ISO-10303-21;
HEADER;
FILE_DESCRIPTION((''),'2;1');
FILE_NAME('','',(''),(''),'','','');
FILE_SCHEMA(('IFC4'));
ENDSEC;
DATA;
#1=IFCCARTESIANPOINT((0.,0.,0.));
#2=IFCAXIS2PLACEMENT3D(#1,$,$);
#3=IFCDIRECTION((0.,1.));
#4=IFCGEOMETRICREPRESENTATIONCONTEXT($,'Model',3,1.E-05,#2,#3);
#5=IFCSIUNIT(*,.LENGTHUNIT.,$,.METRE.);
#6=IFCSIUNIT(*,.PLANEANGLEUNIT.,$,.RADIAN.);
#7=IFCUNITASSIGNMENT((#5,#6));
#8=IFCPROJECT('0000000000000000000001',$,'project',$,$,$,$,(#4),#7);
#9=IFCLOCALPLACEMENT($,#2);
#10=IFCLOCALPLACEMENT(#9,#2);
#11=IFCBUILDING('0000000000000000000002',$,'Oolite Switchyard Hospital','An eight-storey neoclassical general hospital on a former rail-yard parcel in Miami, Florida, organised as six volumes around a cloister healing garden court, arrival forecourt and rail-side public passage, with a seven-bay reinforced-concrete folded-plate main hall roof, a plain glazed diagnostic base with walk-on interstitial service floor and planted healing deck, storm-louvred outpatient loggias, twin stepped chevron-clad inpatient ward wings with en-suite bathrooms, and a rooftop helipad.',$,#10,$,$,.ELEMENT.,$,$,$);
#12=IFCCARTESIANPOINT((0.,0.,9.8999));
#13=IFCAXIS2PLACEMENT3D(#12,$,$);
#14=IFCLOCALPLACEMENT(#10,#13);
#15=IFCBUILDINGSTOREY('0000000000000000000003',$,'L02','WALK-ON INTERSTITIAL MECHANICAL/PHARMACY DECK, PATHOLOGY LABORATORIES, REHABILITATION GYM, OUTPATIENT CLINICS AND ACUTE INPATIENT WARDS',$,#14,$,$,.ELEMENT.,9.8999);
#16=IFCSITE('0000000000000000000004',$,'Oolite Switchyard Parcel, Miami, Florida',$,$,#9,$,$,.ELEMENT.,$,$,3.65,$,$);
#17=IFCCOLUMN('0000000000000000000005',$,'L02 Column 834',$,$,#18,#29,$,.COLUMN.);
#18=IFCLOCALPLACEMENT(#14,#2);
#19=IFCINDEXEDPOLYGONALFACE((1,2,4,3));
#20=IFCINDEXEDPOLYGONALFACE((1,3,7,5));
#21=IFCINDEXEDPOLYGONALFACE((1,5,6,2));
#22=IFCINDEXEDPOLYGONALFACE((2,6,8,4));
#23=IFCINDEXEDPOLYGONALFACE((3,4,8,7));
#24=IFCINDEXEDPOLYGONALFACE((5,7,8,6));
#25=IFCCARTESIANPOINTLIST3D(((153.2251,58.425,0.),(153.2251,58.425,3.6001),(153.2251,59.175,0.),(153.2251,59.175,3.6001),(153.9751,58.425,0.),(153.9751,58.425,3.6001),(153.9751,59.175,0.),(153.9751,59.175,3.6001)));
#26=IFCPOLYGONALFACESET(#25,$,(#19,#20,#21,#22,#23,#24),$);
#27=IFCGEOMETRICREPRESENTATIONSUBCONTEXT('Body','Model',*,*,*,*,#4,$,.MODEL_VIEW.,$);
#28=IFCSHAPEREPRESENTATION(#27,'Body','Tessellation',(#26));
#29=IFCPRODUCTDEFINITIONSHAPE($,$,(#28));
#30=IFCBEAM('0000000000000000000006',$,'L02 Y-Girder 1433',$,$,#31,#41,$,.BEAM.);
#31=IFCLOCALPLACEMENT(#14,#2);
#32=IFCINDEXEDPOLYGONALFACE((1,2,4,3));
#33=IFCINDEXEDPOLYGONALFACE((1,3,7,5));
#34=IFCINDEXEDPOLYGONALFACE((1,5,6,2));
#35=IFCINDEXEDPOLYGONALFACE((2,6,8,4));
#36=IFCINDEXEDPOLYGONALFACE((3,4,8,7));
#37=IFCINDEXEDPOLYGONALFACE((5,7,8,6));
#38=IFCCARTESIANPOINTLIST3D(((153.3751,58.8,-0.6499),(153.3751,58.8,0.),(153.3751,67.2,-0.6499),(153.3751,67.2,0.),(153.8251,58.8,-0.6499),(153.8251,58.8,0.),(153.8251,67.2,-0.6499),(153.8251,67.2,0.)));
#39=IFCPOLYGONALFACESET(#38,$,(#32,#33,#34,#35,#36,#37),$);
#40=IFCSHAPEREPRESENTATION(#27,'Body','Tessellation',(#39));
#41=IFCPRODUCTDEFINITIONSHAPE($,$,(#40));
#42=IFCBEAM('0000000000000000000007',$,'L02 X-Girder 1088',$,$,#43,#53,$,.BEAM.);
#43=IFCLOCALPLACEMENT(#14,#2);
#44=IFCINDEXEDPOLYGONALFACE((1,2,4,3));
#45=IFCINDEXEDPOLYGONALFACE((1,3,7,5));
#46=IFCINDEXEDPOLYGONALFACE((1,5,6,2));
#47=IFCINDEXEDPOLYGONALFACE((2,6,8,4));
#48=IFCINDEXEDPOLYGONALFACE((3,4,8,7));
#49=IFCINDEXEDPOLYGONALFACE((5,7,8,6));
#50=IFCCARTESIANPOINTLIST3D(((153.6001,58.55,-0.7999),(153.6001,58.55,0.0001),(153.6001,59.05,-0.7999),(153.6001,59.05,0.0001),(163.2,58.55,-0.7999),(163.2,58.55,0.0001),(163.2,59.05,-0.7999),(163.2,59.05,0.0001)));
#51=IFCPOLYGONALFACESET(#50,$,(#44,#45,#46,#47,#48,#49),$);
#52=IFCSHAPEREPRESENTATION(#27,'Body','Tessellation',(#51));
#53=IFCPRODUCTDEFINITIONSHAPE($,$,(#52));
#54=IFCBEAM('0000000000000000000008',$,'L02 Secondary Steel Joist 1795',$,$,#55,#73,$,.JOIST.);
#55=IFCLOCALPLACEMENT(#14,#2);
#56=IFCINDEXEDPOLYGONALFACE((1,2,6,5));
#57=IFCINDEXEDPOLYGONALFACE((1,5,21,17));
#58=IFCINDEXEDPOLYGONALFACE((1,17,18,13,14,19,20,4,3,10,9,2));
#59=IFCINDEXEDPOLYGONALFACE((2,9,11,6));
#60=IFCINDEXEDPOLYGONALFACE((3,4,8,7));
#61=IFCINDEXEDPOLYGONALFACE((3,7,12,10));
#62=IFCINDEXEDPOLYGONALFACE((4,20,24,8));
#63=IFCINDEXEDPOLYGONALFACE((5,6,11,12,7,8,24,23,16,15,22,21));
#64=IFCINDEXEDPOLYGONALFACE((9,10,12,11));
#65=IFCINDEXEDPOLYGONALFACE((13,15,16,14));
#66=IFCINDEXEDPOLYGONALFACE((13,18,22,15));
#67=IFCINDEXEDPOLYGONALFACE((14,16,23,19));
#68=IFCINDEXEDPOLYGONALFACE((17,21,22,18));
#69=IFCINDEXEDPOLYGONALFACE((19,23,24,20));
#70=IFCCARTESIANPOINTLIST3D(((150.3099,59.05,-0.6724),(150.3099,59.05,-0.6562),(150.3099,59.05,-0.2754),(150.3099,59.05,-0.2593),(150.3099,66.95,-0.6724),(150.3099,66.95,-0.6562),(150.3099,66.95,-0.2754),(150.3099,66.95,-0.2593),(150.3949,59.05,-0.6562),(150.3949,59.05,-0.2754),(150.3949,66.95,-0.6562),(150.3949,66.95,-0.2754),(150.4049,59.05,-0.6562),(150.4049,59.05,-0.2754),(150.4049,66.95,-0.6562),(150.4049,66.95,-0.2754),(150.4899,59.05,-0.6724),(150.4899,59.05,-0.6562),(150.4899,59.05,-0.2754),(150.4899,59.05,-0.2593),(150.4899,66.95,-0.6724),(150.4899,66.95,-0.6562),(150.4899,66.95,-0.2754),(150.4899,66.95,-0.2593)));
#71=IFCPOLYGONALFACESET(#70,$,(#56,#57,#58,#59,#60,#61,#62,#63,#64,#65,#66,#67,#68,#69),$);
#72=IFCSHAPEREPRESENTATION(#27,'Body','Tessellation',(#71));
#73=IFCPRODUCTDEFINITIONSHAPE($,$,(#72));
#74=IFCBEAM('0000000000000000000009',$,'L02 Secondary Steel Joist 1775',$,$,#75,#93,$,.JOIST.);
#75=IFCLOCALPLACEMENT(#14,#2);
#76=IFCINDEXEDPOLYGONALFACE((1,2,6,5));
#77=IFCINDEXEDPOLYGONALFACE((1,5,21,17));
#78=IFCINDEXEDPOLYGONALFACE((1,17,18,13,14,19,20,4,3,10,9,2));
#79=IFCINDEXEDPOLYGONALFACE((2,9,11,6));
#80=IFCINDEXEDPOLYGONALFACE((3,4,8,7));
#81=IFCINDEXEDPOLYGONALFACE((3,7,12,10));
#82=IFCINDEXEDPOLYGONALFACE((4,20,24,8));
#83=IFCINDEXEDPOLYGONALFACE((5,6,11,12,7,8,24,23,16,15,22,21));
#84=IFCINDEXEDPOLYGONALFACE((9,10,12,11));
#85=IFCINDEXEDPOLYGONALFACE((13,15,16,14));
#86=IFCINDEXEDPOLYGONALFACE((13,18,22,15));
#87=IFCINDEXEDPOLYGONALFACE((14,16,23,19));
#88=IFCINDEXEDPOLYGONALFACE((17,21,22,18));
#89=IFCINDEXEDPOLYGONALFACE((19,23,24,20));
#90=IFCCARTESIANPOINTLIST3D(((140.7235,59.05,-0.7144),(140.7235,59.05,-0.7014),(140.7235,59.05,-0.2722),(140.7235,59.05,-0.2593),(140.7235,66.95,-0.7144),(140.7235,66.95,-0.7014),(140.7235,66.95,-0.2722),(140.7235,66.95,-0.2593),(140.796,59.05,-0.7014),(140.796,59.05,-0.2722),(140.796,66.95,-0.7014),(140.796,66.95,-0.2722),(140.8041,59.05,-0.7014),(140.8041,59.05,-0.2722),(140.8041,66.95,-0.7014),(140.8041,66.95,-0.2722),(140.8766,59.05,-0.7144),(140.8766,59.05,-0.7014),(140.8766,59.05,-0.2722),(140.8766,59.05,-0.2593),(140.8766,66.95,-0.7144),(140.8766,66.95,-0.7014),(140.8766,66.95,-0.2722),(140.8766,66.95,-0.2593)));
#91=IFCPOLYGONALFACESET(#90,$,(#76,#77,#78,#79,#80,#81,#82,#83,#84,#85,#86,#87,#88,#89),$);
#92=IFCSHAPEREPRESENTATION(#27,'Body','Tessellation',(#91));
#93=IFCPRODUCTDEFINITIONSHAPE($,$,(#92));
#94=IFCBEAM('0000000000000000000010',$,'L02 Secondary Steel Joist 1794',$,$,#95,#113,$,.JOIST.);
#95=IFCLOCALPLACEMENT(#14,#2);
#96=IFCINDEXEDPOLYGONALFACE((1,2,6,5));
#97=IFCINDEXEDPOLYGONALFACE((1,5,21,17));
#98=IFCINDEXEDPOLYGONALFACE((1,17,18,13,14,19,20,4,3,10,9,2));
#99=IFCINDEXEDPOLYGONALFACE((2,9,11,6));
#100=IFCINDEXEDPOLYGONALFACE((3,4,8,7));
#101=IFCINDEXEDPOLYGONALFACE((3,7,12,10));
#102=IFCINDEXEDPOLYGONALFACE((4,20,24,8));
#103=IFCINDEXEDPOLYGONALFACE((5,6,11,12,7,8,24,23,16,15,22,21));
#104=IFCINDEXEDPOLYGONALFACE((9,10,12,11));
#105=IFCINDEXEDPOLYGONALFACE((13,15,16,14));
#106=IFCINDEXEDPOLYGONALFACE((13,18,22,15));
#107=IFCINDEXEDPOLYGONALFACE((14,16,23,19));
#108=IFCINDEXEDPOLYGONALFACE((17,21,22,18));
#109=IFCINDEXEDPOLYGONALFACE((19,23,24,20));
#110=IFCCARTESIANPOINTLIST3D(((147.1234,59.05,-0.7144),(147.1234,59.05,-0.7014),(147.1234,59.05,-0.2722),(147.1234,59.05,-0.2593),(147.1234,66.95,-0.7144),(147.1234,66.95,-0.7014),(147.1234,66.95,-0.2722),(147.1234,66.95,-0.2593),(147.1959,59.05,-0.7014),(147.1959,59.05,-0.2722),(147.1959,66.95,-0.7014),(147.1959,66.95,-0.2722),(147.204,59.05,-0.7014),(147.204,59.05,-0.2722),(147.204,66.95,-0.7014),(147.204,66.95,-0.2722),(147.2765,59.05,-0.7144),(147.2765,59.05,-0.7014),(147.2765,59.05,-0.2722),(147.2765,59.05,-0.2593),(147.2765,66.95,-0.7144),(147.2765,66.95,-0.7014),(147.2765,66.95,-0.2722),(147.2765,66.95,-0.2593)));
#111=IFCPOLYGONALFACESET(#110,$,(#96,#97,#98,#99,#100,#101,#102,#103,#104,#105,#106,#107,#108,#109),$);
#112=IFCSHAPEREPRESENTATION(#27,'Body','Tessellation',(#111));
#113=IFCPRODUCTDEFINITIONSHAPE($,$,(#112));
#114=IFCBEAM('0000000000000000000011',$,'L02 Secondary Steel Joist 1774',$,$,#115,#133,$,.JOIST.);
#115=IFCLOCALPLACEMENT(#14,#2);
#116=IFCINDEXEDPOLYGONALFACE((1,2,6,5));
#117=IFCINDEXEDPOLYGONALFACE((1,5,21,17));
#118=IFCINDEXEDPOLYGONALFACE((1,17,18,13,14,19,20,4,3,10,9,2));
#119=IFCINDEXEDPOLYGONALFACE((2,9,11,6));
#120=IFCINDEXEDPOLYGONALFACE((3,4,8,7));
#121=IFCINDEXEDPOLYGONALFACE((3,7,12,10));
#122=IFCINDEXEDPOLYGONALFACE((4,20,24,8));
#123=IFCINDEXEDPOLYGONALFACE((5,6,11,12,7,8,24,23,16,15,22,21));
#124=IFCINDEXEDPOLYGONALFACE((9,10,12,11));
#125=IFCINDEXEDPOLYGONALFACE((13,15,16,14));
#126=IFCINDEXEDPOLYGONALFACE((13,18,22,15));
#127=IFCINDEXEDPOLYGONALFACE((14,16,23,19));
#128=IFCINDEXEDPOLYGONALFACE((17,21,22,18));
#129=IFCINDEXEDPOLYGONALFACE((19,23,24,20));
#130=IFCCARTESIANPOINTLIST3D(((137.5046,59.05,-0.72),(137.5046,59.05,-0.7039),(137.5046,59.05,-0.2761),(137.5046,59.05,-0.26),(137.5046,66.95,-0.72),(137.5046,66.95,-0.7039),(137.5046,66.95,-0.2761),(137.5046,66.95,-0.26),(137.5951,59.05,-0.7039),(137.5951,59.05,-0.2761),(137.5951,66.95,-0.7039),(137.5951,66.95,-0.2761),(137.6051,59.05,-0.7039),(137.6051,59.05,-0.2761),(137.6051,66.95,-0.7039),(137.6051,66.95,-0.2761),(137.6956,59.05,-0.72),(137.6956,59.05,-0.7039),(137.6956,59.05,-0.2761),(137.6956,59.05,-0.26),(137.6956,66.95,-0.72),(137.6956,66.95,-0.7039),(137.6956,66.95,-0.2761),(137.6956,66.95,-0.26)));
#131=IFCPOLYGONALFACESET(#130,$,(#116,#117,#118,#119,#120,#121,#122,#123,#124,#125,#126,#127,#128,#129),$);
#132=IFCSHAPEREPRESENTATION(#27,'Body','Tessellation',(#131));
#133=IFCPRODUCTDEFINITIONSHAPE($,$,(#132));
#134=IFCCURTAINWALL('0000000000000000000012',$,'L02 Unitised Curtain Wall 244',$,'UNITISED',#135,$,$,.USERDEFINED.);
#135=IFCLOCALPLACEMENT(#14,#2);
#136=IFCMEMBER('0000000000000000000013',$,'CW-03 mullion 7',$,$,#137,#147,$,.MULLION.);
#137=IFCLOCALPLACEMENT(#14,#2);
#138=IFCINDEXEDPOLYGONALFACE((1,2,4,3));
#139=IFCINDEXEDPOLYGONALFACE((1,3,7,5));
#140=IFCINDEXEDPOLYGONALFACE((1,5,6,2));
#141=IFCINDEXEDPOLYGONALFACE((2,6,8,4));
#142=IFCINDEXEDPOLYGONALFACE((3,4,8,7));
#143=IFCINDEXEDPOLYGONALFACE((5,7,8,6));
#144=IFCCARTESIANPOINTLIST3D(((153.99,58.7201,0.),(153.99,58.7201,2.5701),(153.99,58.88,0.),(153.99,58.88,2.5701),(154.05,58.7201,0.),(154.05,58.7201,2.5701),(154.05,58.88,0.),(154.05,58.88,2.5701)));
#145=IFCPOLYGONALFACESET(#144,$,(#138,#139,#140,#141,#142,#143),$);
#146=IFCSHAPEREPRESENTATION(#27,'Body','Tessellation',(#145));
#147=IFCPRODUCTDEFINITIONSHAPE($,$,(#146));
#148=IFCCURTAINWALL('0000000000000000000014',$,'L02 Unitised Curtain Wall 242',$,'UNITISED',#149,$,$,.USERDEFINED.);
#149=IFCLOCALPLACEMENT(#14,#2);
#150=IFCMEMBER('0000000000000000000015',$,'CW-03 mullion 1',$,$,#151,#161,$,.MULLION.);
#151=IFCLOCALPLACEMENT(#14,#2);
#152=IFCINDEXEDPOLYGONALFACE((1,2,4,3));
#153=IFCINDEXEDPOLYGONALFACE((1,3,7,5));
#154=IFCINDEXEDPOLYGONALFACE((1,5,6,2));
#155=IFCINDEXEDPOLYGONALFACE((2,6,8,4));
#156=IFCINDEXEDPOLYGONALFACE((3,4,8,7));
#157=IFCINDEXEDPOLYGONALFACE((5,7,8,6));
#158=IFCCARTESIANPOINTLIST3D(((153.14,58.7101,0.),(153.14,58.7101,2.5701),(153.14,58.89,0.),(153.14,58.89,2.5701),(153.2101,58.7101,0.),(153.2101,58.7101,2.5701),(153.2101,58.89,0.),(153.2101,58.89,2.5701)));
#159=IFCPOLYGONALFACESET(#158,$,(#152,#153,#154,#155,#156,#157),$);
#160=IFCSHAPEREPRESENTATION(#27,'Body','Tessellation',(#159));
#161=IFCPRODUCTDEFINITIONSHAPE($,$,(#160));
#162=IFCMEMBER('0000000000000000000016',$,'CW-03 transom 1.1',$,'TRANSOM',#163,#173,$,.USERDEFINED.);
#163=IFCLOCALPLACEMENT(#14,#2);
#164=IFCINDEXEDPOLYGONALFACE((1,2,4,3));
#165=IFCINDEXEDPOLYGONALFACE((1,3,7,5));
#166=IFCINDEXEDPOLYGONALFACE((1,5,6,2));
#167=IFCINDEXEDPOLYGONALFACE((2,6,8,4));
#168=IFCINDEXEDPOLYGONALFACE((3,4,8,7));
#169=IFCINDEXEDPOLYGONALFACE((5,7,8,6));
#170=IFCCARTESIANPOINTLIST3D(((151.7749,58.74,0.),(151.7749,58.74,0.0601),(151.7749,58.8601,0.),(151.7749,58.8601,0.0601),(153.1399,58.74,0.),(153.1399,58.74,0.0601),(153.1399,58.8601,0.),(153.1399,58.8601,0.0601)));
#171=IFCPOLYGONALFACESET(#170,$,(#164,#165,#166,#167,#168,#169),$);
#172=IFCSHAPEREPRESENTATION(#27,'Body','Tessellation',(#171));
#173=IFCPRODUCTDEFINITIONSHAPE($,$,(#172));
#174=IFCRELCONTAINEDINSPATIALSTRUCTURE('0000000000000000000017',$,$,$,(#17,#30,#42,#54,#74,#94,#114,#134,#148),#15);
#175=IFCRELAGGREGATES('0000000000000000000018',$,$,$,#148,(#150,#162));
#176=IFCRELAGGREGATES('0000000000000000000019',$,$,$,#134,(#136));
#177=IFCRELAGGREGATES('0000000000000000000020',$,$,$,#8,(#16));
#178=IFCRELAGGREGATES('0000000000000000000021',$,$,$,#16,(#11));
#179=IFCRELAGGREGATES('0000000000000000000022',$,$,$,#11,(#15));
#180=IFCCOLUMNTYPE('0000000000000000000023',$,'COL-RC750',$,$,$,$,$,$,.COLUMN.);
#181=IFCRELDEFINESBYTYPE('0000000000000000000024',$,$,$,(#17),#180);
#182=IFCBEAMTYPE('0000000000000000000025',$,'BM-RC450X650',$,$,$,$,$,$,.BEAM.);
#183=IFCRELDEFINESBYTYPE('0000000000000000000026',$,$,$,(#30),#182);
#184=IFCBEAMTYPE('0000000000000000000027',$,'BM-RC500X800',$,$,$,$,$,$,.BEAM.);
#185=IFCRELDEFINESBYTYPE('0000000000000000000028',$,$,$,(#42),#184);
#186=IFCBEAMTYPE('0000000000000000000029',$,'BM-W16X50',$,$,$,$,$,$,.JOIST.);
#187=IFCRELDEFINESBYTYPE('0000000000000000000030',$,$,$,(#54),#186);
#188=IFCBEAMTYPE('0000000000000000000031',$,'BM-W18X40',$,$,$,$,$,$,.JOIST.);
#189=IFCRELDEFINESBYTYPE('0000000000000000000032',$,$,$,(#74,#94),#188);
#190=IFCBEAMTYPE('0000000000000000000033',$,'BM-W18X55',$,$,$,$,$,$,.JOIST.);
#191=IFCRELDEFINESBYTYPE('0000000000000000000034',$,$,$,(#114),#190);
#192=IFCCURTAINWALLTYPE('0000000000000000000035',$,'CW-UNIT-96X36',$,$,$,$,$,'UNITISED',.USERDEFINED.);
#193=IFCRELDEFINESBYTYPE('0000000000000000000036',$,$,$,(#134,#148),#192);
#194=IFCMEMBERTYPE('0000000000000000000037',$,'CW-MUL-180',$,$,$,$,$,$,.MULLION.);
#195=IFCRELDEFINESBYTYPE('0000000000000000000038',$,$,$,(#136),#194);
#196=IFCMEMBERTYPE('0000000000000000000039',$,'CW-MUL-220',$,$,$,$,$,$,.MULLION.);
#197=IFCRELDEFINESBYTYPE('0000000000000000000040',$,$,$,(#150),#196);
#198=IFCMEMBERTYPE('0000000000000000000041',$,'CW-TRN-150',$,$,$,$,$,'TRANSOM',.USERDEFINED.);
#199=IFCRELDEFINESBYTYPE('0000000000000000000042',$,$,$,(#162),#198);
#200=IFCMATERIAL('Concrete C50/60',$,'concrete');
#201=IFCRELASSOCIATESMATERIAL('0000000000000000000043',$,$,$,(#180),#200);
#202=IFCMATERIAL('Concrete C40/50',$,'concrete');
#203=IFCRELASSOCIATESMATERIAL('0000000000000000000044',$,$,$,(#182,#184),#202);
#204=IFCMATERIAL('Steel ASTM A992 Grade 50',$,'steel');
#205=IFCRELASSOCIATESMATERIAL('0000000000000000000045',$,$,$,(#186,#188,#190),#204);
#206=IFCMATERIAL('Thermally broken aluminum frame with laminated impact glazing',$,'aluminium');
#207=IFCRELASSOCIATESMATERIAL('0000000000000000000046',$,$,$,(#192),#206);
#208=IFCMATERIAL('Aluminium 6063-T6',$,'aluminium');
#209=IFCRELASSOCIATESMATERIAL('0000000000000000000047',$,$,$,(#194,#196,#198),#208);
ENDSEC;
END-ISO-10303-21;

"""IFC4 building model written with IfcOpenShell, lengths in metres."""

from ifc_helpers import new_model, si_unit, direction, frame, origin, origin_2d, place, context, subcontext, project, spatial, rectangle, i_section, extrude, material, material_profile, profile_set, type_object, element, aggregate, save


model = new_model("IFC4")

# Units and contexts
model_context = context("Model", 3, precision=1e-05, world=origin(), true_north=direction((0.0, 1.0)))
body_context = subcontext(model_context, "Body", "Model", "MODEL_VIEW")
ifc_project = project(units=[si_unit("LENGTHUNIT", "METRE"), si_unit("PLANEANGLEUNIT", "RADIAN")], contexts=[model_context])

# Site, building, storey
site_placement = place(None, origin())
site = spatial("IfcSite", under=ifc_project, at=site_placement, Name="Oolite Switchyard Parcel, Miami, Florida", CompositionType="ELEMENT", RefElevation=3.65)
building_placement = place(site_placement, origin())
building = spatial("IfcBuilding", under=site, at=building_placement, Name="Oolite Switchyard Hospital", Description="An eight-storey neoclassical general hospital on a former rail-yard parcel in Miami, Florida, organised as six volumes around a cloister healing garden court, arrival forecourt and rail-side public passage, with a seven-bay reinforced-concrete folded-plate main hall roof, a plain glazed diagnostic base with walk-on interstitial service floor and planted healing deck, storm-louvred outpatient loggias, twin stepped chevron-clad inpatient ward wings with en-suite bathrooms, and a rooftop helipad.", CompositionType="ELEMENT")
storey_placement = place(building_placement, frame((0.0, 0.0, 9.8999)))
storey = spatial("IfcBuildingStorey", under=building, at=storey_placement, Name="L02", Description="WALK-ON INTERSTITIAL MECHANICAL/PHARMACY DECK, PATHOLOGY LABORATORIES, REHABILITATION GYM, OUTPATIENT CLINICS AND ACUTE INPATIENT WARDS", CompositionType="ELEMENT", Elevation=9.8999)

# Column
ifc_material_1 = material(Name="Concrete C50/60", Category="concrete")
ifc_material_profile_1 = material_profile(ifc_material_1, rectangle(XDim=0.75, YDim=0.75, at=origin_2d()), Name="RC750X750")
ifc_profile_set_1 = profile_set([ifc_material_profile_1], Name="Concrete C50/60")
column_type = type_object("IfcColumnType", Name="COL-RC750", PredefinedType="COLUMN", material=ifc_profile_set_1)
column_placement = place(storey_placement, frame((153.6001, 58.8, 0.0), z_axis=(0.0, 0.0, 1.0), x_axis=(1.0, 0.0, 0.0)))
element("IfcColumn", 1, at=column_placement, inside=storey, type_object=column_type, Name="L02 Column 834", PredefinedType="COLUMN", context=body_context, shape_type="SweptSolid", body=[
    extrude(rectangle(XDim=0.75, YDim=0.75, at=origin_2d()), origin(), (0.0, 0.0, 1.0), 3.6001),
])

# Beams
ifc_material_2 = material(Name="Concrete C40/50", Category="concrete")
ifc_material_profile_2 = material_profile(ifc_material_2, rectangle(XDim=0.45, YDim=0.6499, at=origin_2d()), Name="RCB450X650")
ifc_profile_set_2 = profile_set([ifc_material_profile_2], Name="Concrete C40/50")
beam_type_1 = type_object("IfcBeamType", Name="BM-RC450X650", PredefinedType="BEAM", material=ifc_profile_set_2)
beam_1_placement = place(storey_placement, frame((153.6001, 58.8, -0.325), z_axis=(0.0, 1.0, 0.0), x_axis=(-1.0, 0.0, 0.0)))
element("IfcBeam", 2, at=beam_1_placement, inside=storey, type_object=beam_type_1, Name="L02 Y-Girder 1433", PredefinedType="BEAM", context=body_context, shape_type="SweptSolid", body=[
    extrude(rectangle(XDim=0.45, YDim=0.6499, at=origin_2d()), origin(), (0.0, 0.0, 1.0), 8.3999),
])
ifc_material_profile_3 = material_profile(ifc_material_2, rectangle(XDim=0.5, YDim=0.8, at=origin_2d()), Name="RCB500X800")
ifc_profile_set_3 = profile_set([ifc_material_profile_3], Name="Concrete C40/50")
beam_type_2 = type_object("IfcBeamType", Name="BM-RC500X800", PredefinedType="BEAM", material=ifc_profile_set_3)
beam_2_placement = place(storey_placement, frame((153.6001, 58.8, -0.3999), z_axis=(1.0, 0.0, 0.0), x_axis=(0.0, 1.0, 0.0)))
element("IfcBeam", 3, at=beam_2_placement, inside=storey, type_object=beam_type_2, Name="L02 X-Girder 1088", PredefinedType="BEAM", context=body_context, shape_type="SweptSolid", body=[
    extrude(rectangle(XDim=0.5, YDim=0.8, at=origin_2d()), origin(), (0.0, 0.0, 1.0), 9.5999),
])
ifc_material_3 = material(Name="Steel ASTM A992 Grade 50", Category="steel")
ifc_material_profile_4 = material_profile(ifc_material_3, i_section(OverallWidth=0.1799, OverallDepth=0.4131, WebThickness=0.01, FlangeThickness=0.0161, at=origin_2d()), Name="W16X50")
ifc_profile_set_4 = profile_set([ifc_material_profile_4], Name="Steel ASTM A992 Grade 50")
beam_type_3 = type_object("IfcBeamType", Name="BM-W16X50", PredefinedType="JOIST", material=ifc_profile_set_4)
beam_3_placement = place(storey_placement, frame((150.3999, 59.05, -0.4658), z_axis=(0.0, 1.0, 0.0), x_axis=(-1.0, 0.0, 0.0)))
element("IfcBeam", 4, at=beam_3_placement, inside=storey, type_object=beam_type_3, Name="L02 Secondary Steel Joist 1795", PredefinedType="JOIST", context=body_context, shape_type="SweptSolid", body=[
    extrude(i_section(OverallWidth=0.1799, OverallDepth=0.4131, WebThickness=0.01, FlangeThickness=0.0161, at=origin_2d()), origin(), (0.0, 0.0, 1.0), 7.8999),
])
ifc_material_profile_5 = material_profile(ifc_material_3, i_section(OverallWidth=0.1531, OverallDepth=0.4551, WebThickness=0.0081, FlangeThickness=0.0129, at=origin_2d()), Name="W18X40")
ifc_profile_set_5 = profile_set([ifc_material_profile_5], Name="Steel ASTM A992 Grade 50")
beam_type_4 = type_object("IfcBeamType", Name="BM-W18X40", PredefinedType="JOIST", material=ifc_profile_set_5)
for number, where, z_axis, x_axis, name in (
    (5, (140.8, 59.05, -0.4868), (0.0, 1.0, 0.0), (-1.0, 0.0, 0.0), "L02 Secondary Steel Joist 1775"),
    (6, (147.2, 59.05, -0.4868), (0.0, 1.0, 0.0), (-1.0, 0.0, 0.0), "L02 Secondary Steel Joist 1794"),
):
    element("IfcBeam", number, at=place(storey_placement, frame(where, z_axis=z_axis, x_axis=x_axis)), inside=storey, type_object=beam_type_4, Name=name, PredefinedType="JOIST", context=body_context, shape_type="SweptSolid", body=[
        extrude(i_section(OverallWidth=0.1531, OverallDepth=0.4551, WebThickness=0.0081, FlangeThickness=0.0129, at=origin_2d()), origin(), (0.0, 0.0, 1.0), 7.8999),
    ])
ifc_material_profile_6 = material_profile(ifc_material_3, i_section(OverallWidth=0.1909, OverallDepth=0.46, WebThickness=0.01, FlangeThickness=0.0161, at=origin_2d()), Name="W18X55")
ifc_profile_set_6 = profile_set([ifc_material_profile_6], Name="Steel ASTM A992 Grade 50")
beam_type_5 = type_object("IfcBeamType", Name="BM-W18X55", PredefinedType="JOIST", material=ifc_profile_set_6)
beam_4_placement = place(storey_placement, frame((137.6001, 59.05, -0.49), z_axis=(0.0, 1.0, 0.0), x_axis=(-1.0, 0.0, 0.0)))
element("IfcBeam", 7, at=beam_4_placement, inside=storey, type_object=beam_type_5, Name="L02 Secondary Steel Joist 1774", PredefinedType="JOIST", context=body_context, shape_type="SweptSolid", body=[
    extrude(i_section(OverallWidth=0.1909, OverallDepth=0.46, WebThickness=0.01, FlangeThickness=0.0161, at=origin_2d()), origin(), (0.0, 0.0, 1.0), 7.8999),
])

# Curtain wall, member
ifc_material_4 = material(Name="Thermally broken aluminum frame with laminated impact glazing", Category="aluminium")
curtain_wall_type = type_object("IfcCurtainWallType", Name="CW-UNIT-96X36", ElementType="UNITISED", PredefinedType="USERDEFINED", material=ifc_material_4)
curtain_wall_1_placement = place(storey_placement, origin())
curtain_wall_1 = element("IfcCurtainWall", 8, at=curtain_wall_1_placement, inside=storey, type_object=curtain_wall_type, Name="L02 Unitised Curtain Wall 244", ObjectType="UNITISED", PredefinedType="USERDEFINED")
ifc_material_5 = material(Name="Aluminium 6063-T6", Category="aluminium")
ifc_material_profile_7 = material_profile(ifc_material_5, rectangle(XDim=0.1599, YDim=0.0601, at=origin_2d()), Name="CWM60X160")
ifc_profile_set_7 = profile_set([ifc_material_profile_7], Name="Aluminium 6063-T6")
member_type_1 = type_object("IfcMemberType", Name="CW-MUL-180", PredefinedType="MULLION", material=ifc_profile_set_7)
member_1_placement = place(storey_placement, frame((154.02, 58.8, 0.0), z_axis=(0.0, 0.0, 1.0), x_axis=(0.0, -1.0, 0.0)))
member_1 = element("IfcMember", 9, at=member_1_placement, type_object=member_type_1, Name="CW-03 mullion 7", PredefinedType="MULLION", context=body_context, shape_type="SweptSolid", body=[
    extrude(rectangle(XDim=0.1599, YDim=0.0601, at=origin_2d()), origin(), (0.0, 0.0, 1.0), 2.5701),
])

# Curtain wall, members
curtain_wall_2_placement = place(storey_placement, origin())
curtain_wall_2 = element("IfcCurtainWall", 10, at=curtain_wall_2_placement, inside=storey, type_object=curtain_wall_type, Name="L02 Unitised Curtain Wall 242", ObjectType="UNITISED", PredefinedType="USERDEFINED")
ifc_material_profile_8 = material_profile(ifc_material_5, rectangle(XDim=0.1799, YDim=0.0701, at=origin_2d()), Name="CWM70X180")
ifc_profile_set_8 = profile_set([ifc_material_profile_8], Name="Aluminium 6063-T6")
member_type_2 = type_object("IfcMemberType", Name="CW-MUL-220", PredefinedType="MULLION", material=ifc_profile_set_8)
member_2_placement = place(storey_placement, frame((153.175, 58.8, 0.0), z_axis=(0.0, 0.0, 1.0), x_axis=(0.0, -1.0, 0.0)))
member_2 = element("IfcMember", 11, at=member_2_placement, type_object=member_type_2, Name="CW-03 mullion 1", PredefinedType="MULLION", context=body_context, shape_type="SweptSolid", body=[
    extrude(rectangle(XDim=0.1799, YDim=0.0701, at=origin_2d()), origin(), (0.0, 0.0, 1.0), 2.5701),
])
ifc_material_profile_9 = material_profile(ifc_material_5, rectangle(XDim=0.1201, YDim=0.0601, at=origin_2d()), Name="CWT60X120")
ifc_profile_set_9 = profile_set([ifc_material_profile_9], Name="Aluminium 6063-T6")
member_type_3 = type_object("IfcMemberType", Name="CW-TRN-150", ElementType="TRANSOM", PredefinedType="USERDEFINED", material=ifc_profile_set_9)
member_3_placement = place(storey_placement, frame((153.1399, 58.8, 0.03), z_axis=(-1.0, 0.0, 0.0), x_axis=(0.0, -1.0, 0.0)))
member_3 = element("IfcMember", 12, at=member_3_placement, type_object=member_type_3, Name="CW-03 transom 1.1", ObjectType="TRANSOM", PredefinedType="USERDEFINED", context=body_context, shape_type="SweptSolid", body=[
    extrude(rectangle(XDim=0.1201, YDim=0.0601, at=origin_2d()), origin(), (0.0, 0.0, 1.0), 1.365),
])
aggregate(curtain_wall_2, [member_2, member_3])

aggregate(curtain_wall_1, [member_1])

save(model, "model.ifc")
